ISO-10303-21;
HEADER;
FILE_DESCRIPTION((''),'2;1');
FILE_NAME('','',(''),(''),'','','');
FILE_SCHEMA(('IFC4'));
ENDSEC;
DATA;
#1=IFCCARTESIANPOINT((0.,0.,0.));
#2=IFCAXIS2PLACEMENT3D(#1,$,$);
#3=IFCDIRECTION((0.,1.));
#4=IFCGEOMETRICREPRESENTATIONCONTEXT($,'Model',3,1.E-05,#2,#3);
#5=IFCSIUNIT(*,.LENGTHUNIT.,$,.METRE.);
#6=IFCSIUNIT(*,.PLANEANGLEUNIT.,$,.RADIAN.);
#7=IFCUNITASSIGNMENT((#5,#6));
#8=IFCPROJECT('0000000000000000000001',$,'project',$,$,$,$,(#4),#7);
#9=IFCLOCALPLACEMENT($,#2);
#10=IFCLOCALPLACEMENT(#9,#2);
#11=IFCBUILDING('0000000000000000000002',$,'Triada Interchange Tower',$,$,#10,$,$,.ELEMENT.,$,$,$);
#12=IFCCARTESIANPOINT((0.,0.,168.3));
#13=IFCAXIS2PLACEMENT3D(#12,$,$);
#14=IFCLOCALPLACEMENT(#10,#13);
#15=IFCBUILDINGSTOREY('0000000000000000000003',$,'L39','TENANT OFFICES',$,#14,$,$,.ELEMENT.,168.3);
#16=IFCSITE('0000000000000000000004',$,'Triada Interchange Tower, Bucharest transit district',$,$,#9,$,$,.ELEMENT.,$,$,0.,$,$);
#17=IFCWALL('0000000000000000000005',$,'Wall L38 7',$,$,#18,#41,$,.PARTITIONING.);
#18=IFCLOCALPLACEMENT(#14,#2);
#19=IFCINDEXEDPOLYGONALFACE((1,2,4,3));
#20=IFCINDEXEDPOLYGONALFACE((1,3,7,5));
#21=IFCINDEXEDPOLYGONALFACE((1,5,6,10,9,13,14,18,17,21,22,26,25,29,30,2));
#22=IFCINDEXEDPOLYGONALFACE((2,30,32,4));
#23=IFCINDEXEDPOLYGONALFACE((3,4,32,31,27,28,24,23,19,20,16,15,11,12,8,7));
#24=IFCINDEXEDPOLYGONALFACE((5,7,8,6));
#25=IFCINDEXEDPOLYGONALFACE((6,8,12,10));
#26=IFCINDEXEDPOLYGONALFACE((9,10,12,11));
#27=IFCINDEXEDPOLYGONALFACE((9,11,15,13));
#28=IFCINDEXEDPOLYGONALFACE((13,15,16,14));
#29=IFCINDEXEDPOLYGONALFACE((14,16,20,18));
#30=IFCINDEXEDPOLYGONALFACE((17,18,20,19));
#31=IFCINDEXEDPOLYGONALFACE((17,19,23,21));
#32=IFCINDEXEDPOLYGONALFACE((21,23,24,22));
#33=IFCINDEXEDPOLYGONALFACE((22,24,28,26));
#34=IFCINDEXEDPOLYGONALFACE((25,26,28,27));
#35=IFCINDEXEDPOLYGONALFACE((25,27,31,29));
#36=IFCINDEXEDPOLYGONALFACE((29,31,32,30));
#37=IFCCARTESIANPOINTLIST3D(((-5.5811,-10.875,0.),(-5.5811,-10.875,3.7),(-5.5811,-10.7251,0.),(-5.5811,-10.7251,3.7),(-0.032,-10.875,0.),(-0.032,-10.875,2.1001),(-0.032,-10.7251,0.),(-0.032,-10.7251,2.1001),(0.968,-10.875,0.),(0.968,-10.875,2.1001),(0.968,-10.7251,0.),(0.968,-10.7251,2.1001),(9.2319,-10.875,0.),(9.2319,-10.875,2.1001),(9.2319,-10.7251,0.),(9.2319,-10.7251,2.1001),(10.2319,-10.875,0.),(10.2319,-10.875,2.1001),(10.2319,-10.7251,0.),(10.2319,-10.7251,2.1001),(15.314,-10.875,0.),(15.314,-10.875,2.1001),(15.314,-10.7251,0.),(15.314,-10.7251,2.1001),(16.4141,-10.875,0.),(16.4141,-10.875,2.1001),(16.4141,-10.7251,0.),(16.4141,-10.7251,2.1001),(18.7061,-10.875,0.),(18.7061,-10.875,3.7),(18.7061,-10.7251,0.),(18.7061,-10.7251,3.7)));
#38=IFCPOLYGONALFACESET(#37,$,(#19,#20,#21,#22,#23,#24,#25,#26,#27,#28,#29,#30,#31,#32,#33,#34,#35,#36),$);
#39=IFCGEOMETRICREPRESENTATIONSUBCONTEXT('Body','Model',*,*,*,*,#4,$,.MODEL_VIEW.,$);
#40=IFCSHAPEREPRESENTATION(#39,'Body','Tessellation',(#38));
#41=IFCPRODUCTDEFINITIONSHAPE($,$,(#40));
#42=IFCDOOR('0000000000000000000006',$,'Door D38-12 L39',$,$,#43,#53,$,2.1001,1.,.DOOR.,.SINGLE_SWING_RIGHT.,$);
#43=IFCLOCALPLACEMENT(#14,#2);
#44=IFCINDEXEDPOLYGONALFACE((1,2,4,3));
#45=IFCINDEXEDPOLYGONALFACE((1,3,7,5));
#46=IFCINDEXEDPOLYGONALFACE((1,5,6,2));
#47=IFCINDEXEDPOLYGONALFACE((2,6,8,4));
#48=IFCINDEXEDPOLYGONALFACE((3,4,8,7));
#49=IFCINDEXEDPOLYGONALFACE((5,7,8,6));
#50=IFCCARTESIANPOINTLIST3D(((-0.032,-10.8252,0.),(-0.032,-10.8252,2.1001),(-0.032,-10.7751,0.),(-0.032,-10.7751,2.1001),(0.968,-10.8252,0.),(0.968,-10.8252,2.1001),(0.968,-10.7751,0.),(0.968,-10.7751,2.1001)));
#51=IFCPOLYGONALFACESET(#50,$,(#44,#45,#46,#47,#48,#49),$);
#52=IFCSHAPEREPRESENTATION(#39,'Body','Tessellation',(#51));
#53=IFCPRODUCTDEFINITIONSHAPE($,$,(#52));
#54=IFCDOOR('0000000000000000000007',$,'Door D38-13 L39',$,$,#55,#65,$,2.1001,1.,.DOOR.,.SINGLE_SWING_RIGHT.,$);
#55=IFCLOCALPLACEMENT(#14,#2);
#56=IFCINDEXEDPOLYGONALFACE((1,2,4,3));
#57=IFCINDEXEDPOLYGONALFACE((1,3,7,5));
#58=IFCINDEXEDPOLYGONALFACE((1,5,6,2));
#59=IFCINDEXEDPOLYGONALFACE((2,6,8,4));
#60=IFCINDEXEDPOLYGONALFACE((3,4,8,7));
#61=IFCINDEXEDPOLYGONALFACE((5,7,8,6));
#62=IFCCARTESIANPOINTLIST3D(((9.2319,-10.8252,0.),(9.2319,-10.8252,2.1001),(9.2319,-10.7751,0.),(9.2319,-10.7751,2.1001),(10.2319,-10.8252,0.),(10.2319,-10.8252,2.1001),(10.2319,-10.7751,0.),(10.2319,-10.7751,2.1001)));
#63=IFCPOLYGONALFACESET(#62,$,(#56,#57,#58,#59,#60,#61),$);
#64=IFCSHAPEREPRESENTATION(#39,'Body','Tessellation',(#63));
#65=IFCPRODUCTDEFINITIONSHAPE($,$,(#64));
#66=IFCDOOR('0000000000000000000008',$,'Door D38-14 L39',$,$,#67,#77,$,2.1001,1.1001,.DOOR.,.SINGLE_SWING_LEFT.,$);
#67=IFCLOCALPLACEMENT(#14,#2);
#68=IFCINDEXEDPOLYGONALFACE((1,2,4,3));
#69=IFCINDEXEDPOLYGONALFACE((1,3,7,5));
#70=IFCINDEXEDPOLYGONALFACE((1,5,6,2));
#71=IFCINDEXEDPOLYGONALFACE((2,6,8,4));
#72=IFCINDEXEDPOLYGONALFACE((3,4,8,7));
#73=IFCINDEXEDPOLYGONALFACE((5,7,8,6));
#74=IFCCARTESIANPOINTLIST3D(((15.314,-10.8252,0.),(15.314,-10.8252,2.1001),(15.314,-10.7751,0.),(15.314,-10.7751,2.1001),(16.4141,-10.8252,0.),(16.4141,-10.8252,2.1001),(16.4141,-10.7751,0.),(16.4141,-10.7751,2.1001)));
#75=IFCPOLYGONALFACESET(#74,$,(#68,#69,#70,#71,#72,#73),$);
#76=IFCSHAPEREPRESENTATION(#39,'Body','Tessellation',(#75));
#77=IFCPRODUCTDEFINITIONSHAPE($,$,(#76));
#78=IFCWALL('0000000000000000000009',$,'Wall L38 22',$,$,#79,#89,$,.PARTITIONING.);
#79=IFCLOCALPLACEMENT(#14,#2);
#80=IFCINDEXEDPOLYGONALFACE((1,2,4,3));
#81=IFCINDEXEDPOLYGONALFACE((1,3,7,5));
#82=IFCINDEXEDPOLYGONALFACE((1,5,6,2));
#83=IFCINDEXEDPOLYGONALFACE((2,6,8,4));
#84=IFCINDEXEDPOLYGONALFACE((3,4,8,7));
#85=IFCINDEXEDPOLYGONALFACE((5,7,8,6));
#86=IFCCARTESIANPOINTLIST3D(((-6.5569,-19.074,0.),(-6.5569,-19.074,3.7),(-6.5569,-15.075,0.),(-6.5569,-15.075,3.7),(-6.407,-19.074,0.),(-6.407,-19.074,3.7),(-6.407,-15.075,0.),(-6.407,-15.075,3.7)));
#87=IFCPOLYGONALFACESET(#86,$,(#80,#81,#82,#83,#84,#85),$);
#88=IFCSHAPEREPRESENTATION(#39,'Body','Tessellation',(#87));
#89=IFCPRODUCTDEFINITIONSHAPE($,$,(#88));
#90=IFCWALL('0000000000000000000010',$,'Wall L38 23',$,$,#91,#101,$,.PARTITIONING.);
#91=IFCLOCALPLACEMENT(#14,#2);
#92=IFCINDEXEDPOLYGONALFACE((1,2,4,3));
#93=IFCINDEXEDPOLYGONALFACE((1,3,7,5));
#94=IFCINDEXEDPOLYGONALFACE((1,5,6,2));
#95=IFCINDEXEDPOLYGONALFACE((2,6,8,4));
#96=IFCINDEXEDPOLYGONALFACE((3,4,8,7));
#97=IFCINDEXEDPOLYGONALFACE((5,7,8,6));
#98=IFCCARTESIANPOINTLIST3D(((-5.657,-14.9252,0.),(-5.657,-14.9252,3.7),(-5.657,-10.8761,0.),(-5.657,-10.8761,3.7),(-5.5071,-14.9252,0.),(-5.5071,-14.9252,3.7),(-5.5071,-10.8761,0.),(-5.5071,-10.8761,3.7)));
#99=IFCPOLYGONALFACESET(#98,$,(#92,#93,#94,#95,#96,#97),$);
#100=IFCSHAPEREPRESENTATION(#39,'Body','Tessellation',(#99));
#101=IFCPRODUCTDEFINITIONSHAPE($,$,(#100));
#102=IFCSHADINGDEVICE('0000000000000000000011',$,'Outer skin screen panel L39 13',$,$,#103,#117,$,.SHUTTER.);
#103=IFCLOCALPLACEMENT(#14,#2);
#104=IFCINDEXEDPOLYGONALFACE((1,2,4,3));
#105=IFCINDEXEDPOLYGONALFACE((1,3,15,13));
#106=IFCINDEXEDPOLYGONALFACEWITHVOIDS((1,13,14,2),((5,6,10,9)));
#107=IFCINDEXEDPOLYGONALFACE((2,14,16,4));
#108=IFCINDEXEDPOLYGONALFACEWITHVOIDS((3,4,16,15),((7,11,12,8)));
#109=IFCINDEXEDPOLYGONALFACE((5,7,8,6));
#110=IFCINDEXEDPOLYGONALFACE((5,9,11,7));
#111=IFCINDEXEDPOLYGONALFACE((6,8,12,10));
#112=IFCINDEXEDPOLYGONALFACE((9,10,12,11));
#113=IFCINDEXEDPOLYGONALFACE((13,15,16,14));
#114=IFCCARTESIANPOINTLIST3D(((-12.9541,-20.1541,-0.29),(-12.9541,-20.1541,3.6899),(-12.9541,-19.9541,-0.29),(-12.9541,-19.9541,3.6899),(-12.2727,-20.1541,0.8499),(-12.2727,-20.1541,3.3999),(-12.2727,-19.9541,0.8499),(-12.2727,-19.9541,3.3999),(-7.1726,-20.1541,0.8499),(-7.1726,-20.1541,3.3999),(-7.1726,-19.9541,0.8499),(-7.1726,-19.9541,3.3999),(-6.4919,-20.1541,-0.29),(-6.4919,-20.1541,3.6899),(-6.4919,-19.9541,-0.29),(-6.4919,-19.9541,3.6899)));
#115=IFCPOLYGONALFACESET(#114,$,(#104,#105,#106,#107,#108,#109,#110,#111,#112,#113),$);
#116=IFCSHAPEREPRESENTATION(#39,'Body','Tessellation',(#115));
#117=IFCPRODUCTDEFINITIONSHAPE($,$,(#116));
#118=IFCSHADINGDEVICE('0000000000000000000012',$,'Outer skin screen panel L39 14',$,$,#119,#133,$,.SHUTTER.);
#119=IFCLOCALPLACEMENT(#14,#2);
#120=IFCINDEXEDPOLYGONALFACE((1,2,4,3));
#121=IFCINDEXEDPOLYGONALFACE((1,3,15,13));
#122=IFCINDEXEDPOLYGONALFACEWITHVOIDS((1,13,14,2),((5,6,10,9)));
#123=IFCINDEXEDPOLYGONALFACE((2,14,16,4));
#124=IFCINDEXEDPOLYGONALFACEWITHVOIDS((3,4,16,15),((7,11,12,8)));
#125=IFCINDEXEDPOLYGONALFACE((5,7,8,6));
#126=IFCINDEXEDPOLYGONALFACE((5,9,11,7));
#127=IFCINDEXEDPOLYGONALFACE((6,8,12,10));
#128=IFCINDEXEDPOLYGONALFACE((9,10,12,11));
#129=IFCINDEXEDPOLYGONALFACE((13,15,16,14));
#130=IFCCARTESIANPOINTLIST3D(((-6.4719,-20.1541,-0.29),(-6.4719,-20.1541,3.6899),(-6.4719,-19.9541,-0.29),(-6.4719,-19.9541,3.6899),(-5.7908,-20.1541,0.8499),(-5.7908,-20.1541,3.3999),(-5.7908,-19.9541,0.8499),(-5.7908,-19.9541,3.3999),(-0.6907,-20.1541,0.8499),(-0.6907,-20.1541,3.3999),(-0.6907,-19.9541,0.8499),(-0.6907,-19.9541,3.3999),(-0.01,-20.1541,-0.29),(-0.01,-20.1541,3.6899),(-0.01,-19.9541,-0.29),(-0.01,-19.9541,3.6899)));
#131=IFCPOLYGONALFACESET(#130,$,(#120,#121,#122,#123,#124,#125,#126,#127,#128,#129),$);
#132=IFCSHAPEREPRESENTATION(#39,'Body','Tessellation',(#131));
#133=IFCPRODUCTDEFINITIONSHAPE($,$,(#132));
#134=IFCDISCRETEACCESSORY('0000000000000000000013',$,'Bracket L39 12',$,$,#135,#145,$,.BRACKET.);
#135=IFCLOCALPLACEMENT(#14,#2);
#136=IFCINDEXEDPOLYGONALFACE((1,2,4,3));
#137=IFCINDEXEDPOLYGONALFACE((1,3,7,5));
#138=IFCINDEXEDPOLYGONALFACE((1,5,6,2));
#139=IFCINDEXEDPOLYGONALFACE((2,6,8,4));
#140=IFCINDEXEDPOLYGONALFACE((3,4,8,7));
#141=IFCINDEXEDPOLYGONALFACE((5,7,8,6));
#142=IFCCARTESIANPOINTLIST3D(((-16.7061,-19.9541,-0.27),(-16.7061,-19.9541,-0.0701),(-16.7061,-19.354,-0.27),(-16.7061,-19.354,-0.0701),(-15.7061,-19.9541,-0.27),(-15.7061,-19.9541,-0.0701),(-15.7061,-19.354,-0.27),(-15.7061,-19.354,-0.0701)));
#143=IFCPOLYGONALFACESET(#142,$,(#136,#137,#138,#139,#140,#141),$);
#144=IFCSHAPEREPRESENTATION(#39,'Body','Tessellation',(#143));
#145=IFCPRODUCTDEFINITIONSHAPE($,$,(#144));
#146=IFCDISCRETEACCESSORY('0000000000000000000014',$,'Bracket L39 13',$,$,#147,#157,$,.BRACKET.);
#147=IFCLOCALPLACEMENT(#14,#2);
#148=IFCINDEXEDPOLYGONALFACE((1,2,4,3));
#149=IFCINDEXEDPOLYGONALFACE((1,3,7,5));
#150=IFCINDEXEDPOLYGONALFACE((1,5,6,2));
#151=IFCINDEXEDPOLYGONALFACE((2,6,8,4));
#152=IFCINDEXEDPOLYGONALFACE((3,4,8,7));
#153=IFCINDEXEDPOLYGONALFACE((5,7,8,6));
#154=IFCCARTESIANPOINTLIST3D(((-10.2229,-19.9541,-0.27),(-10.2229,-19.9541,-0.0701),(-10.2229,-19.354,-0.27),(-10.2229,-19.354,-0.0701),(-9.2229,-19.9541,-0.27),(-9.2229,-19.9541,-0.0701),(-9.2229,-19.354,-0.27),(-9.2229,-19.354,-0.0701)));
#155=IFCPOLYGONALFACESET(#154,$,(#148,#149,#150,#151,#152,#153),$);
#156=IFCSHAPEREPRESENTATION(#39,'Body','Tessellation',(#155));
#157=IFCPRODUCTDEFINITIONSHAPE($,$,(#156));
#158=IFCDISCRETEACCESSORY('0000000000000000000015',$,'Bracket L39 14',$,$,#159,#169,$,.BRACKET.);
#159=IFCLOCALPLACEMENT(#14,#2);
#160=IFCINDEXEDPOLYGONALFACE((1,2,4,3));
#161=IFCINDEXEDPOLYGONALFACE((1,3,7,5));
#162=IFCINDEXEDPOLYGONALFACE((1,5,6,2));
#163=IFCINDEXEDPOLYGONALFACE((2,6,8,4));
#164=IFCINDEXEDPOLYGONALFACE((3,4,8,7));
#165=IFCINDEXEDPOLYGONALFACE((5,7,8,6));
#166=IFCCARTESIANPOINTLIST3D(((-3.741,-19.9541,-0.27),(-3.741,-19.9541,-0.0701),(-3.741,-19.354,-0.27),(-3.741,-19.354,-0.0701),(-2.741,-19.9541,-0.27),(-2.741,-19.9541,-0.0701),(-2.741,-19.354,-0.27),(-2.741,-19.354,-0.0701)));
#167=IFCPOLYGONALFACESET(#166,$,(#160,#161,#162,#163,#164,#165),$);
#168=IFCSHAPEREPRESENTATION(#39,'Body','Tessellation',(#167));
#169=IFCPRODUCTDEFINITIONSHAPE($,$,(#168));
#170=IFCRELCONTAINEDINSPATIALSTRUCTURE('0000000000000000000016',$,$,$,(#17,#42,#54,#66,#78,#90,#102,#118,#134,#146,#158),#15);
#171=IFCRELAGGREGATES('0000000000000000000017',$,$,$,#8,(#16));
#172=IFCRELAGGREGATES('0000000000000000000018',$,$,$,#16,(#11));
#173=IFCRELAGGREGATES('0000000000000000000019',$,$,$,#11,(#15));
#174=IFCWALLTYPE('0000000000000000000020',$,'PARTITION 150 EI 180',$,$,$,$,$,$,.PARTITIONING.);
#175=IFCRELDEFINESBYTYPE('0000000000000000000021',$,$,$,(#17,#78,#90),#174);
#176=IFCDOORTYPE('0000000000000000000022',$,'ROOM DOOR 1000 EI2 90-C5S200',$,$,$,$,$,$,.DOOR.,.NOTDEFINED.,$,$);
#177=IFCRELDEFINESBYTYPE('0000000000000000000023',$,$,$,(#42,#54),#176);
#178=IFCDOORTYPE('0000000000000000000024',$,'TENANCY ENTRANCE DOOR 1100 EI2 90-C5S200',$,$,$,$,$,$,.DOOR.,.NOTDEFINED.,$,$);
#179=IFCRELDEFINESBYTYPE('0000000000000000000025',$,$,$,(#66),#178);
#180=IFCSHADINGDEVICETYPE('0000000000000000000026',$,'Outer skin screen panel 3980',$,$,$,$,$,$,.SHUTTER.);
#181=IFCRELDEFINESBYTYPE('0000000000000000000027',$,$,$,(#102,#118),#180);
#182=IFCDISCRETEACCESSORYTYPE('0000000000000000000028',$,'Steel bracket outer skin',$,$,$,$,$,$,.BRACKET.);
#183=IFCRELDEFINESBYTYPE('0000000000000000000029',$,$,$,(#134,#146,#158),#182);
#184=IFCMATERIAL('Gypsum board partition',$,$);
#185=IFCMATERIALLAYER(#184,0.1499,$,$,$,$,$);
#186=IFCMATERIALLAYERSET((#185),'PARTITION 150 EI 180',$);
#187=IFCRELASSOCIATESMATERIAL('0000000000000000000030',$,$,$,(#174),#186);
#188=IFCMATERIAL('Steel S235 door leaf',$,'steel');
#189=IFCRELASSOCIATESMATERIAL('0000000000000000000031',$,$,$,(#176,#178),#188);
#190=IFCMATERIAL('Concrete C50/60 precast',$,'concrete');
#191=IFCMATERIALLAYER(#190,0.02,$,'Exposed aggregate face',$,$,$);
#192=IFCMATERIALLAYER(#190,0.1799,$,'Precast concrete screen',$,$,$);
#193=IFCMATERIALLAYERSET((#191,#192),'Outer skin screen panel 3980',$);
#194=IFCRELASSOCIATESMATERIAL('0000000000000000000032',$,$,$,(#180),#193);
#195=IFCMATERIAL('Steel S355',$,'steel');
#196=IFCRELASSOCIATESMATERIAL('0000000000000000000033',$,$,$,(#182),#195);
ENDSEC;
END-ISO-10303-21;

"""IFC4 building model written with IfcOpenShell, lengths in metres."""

from ifc_helpers import new_model, si_unit, direction, frame, frame_2d, origin, origin_2d, place, context, subcontext, project, spatial, polyline, rectangle, outline, extrude, material, layer, layer_set, type_object, element, fill, save


model = new_model("IFC4")

# Units and contexts
model_context = context("Model", 3, precision=1e-05, world=origin(), true_north=direction((0.0, 1.0)))
body_context = subcontext(model_context, "Body", "Model", "MODEL_VIEW")
ifc_project = project(units=[si_unit("LENGTHUNIT", "METRE"), si_unit("PLANEANGLEUNIT", "RADIAN")], contexts=[model_context])

# Site, building, storey
site_placement = place(None, origin())
site = spatial("IfcSite", under=ifc_project, at=site_placement, Name="Triada Interchange Tower, Bucharest transit district", CompositionType="ELEMENT", RefElevation=0.0)
building_placement = place(site_placement, origin())
building = spatial("IfcBuilding", under=site, at=building_placement, Name="Triada Interchange Tower", CompositionType="ELEMENT")
storey_placement = place(building_placement, frame((0.0, 0.0, 168.3)))
storey = spatial("IfcBuildingStorey", under=building, at=storey_placement, Name="L39", Description="TENANT OFFICES", CompositionType="ELEMENT", Elevation=168.3)

# Shared definitions
ifc_material_1 = material(Name="Gypsum board partition")
ifc_layer_1 = layer(ifc_material_1, 0.1499)
ifc_layer_set_1 = layer_set([ifc_layer_1], Name="PARTITION 150 EI 180")
wall_type = type_object("IfcWallType", Name="PARTITION 150 EI 180", PredefinedType="PARTITIONING", material=ifc_layer_set_1)

# Wall, openings, doors
wall_1_placement = place(storey_placement, frame((-5.5811, -10.8, 0.0), z_axis=(0.0, 0.0, 1.0), x_axis=(1.0, 0.0, 0.0)))
wall_1 = element("IfcWall", 1, at=wall_1_placement, inside=storey, type_object=wall_type, Name="Wall L38 7", PredefinedType="PARTITIONING", context=body_context, shape_type="SweptSolid", body=[
    extrude(rectangle(XDim=24.2871, YDim=0.1499, at=frame_2d((12.1436, 0.0))), origin(), (0.0, 0.0, 1.0), 3.7),
])
opening_1_placement = place(wall_1_placement, frame((5.5491, 0.0, 0.0)))
opening_1 = element("IfcOpeningElement", 2, at=opening_1_placement, cuts=wall_1, PredefinedType="OPENING", context=body_context, shape_type="SweptSolid", body=[
    extrude(rectangle(XDim=1.0, YDim=2.1001, at=frame_2d((0.5, 1.05))), frame((0.0, 0.085, 0.0), z_axis=(0.0, -1.0, 0.0), x_axis=(1.0, 0.0, 0.0)), (0.0, 0.0, 1.0), 0.1699),
])
opening_2_placement = place(wall_1_placement, frame((14.813, 0.0, 0.0)))
opening_2 = element("IfcOpeningElement", 3, at=opening_2_placement, cuts=wall_1, PredefinedType="OPENING", context=body_context, shape_type="SweptSolid", body=[
    extrude(rectangle(XDim=1.0, YDim=2.1001, at=frame_2d((0.5, 1.05))), frame((0.0, 0.085, 0.0), z_axis=(0.0, -1.0, 0.0), x_axis=(1.0, 0.0, 0.0)), (0.0, 0.0, 1.0), 0.1699),
])
opening_3_placement = place(wall_1_placement, frame((20.895, 0.0, 0.0)))
opening_3 = element("IfcOpeningElement", 4, at=opening_3_placement, cuts=wall_1, PredefinedType="OPENING", context=body_context, shape_type="SweptSolid", body=[
    extrude(rectangle(XDim=1.1001, YDim=2.1001, at=frame_2d((0.55, 1.05))), frame((0.0, 0.085, 0.0), z_axis=(0.0, -1.0, 0.0), x_axis=(1.0, 0.0, 0.0)), (0.0, 0.0, 1.0), 0.1699),
])
ifc_material_2 = material(Name="Steel S235 door leaf", Category="steel")
door_type_1 = type_object("IfcDoorType", Name="ROOM DOOR 1000 EI2 90-C5S200", OperationType="NOTDEFINED", PredefinedType="DOOR", material=ifc_material_2)
door_1_placement = place(opening_1_placement, origin())
door_1 = element("IfcDoor", 5, at=door_1_placement, inside=storey, type_object=door_type_1, Name="Door D38-12 L39", OperationType="SINGLE_SWING_RIGHT", OverallHeight=2.1001, OverallWidth=1.0, PredefinedType="DOOR", context=body_context, shape_type="SweptSolid", body=[
    extrude(rectangle(XDim=1.0, YDim=2.1001, at=frame_2d((0.5, 1.05))), frame((0.0, 0.0249, 0.0), z_axis=(0.0, -1.0, 0.0), x_axis=(1.0, 0.0, 0.0)), (0.0, 0.0, 1.0), 0.05),
])
fill(opening_1, door_1)
door_2_placement = place(opening_2_placement, origin())
door_2 = element("IfcDoor", 6, at=door_2_placement, inside=storey, type_object=door_type_1, Name="Door D38-13 L39", OperationType="SINGLE_SWING_RIGHT", OverallHeight=2.1001, OverallWidth=1.0, PredefinedType="DOOR", context=body_context, shape_type="SweptSolid", body=[
    extrude(rectangle(XDim=1.0, YDim=2.1001, at=frame_2d((0.5, 1.05))), frame((0.0, 0.0249, 0.0), z_axis=(0.0, -1.0, 0.0), x_axis=(1.0, 0.0, 0.0)), (0.0, 0.0, 1.0), 0.05),
])
fill(opening_2, door_2)
door_type_2 = type_object("IfcDoorType", Name="TENANCY ENTRANCE DOOR 1100 EI2 90-C5S200", OperationType="NOTDEFINED", PredefinedType="DOOR", material=ifc_material_2)
door_3_placement = place(opening_3_placement, origin())
door_3 = element("IfcDoor", 7, at=door_3_placement, inside=storey, type_object=door_type_2, Name="Door D38-14 L39", OperationType="SINGLE_SWING_LEFT", OverallHeight=2.1001, OverallWidth=1.1001, PredefinedType="DOOR", context=body_context, shape_type="SweptSolid", body=[
    extrude(rectangle(XDim=1.1001, YDim=2.1001, at=frame_2d((0.55, 1.05))), frame((0.0, 0.0249, 0.0), z_axis=(0.0, -1.0, 0.0), x_axis=(1.0, 0.0, 0.0)), (0.0, 0.0, 1.0), 0.05),
])
fill(opening_3, door_3)

# Walls
wall_2_placement = place(storey_placement, frame((-6.4819, -19.074, 0.0), z_axis=(0.0, 0.0, 1.0), x_axis=(0.0, 1.0, 0.0)))
element("IfcWall", 8, at=wall_2_placement, inside=storey, type_object=wall_type, Name="Wall L38 22", PredefinedType="PARTITIONING", context=body_context, shape_type="SweptSolid", body=[
    extrude(rectangle(XDim=3.999, YDim=0.1499, at=frame_2d((1.9995, 0.0))), origin(), (0.0, 0.0, 1.0), 3.7),
])
wall_3_placement = place(storey_placement, frame((-5.582, -14.925, 0.0), z_axis=(0.0, 0.0, 1.0), x_axis=(0.0, 1.0, 0.0)))
element("IfcWall", 9, at=wall_3_placement, inside=storey, type_object=wall_type, Name="Wall L38 23", PredefinedType="PARTITIONING", context=body_context, shape_type="SweptSolid", body=[
    extrude(rectangle(XDim=4.0491, YDim=0.1499, at=frame_2d((2.0244, 0.0))), origin(), (0.0, 0.0, 1.0), 3.7),
])

# Shading devices
ifc_material_3 = material(Name="Concrete C50/60 precast", Category="concrete")
ifc_layer_2 = layer(ifc_material_3, 0.02, Name="Exposed aggregate face")
ifc_layer_3 = layer(ifc_material_3, 0.1799, Name="Precast concrete screen")
ifc_layer_set_2 = layer_set([ifc_layer_2, ifc_layer_3], Name="Outer skin screen panel 3980")
shading_device_type = type_object("IfcShadingDeviceType", Name="Outer skin screen panel 3980", PredefinedType="SHUTTER", material=ifc_layer_set_2)
shading_device_1_placement = place(storey_placement, frame((-12.9541, -19.9541, -0.29), z_axis=(0.0, 0.0, 1.0), x_axis=(1.0, 0.0, 0.0)))
element("IfcShadingDevice", 10, at=shading_device_1_placement, inside=storey, type_object=shading_device_type, Name="Outer skin screen panel L39 13", PredefinedType="SHUTTER", context=body_context, shape_type="SweptSolid", body=[
    extrude(outline(polyline([(0.0, 0.0), (6.4622, 0.0), (6.4622, 3.98), (0.0, 3.98), (0.0, 0.0)]), holes=[polyline([(0.6814, 1.1399), (0.6814, 3.6899), (5.7815, 3.6899), (5.7815, 1.1399), (0.6814, 1.1399)])]), frame((0.0, 0.0, 0.0), z_axis=(0.0, -1.0, 0.0), x_axis=(1.0, 0.0, 0.0)), (0.0, 0.0, 1.0), 0.2),
])
shading_device_2_placement = place(storey_placement, frame((-6.4719, -19.9541, -0.29), z_axis=(0.0, 0.0, 1.0), x_axis=(1.0, 0.0, 0.0)))
element("IfcShadingDevice", 11, at=shading_device_2_placement, inside=storey, type_object=shading_device_type, Name="Outer skin screen panel L39 14", PredefinedType="SHUTTER", context=body_context, shape_type="SweptSolid", body=[
    extrude(outline(polyline([(0.0, 0.0), (6.4619, 0.0), (6.4619, 3.98), (0.0, 3.98), (0.0, 0.0)]), holes=[polyline([(0.6812, 1.1399), (0.6812, 3.6899), (5.7812, 3.6899), (5.7812, 1.1399), (0.6812, 1.1399)])]), frame((0.0, 0.0, 0.0), z_axis=(0.0, -1.0, 0.0), x_axis=(1.0, 0.0, 0.0)), (0.0, 0.0, 1.0), 0.2),
])

# Discrete accessories
ifc_material_4 = material(Name="Steel S355", Category="steel")
discrete_accessory_type = type_object("IfcDiscreteAccessoryType", Name="Steel bracket outer skin", PredefinedType="BRACKET", material=ifc_material_4)
for number, where, z_axis, x_axis, name in (
    (12, (-16.2061, -19.6541, -0.27), (0.0, 0.0, 1.0), (0.0, -1.0, 0.0), "Bracket L39 12"),
    (13, (-9.7229, -19.6541, -0.27), (0.0, 0.0, 1.0), (0.0, -1.0, 0.0), "Bracket L39 13"),
    (14, (-3.241, -19.6541, -0.27), (0.0, 0.0, 1.0), (0.0, -1.0, 0.0), "Bracket L39 14"),
):
    element("IfcDiscreteAccessory", number, at=place(storey_placement, frame(where, z_axis=z_axis, x_axis=x_axis)), inside=storey, type_object=discrete_accessory_type, Name=name, PredefinedType="BRACKET", context=body_context, shape_type="SweptSolid", body=[
        extrude(rectangle(XDim=0.6001, YDim=1.0, at=origin_2d()), origin(), (0.0, 0.0, 1.0), 0.2),
    ])

save(model, "model.ifc")
